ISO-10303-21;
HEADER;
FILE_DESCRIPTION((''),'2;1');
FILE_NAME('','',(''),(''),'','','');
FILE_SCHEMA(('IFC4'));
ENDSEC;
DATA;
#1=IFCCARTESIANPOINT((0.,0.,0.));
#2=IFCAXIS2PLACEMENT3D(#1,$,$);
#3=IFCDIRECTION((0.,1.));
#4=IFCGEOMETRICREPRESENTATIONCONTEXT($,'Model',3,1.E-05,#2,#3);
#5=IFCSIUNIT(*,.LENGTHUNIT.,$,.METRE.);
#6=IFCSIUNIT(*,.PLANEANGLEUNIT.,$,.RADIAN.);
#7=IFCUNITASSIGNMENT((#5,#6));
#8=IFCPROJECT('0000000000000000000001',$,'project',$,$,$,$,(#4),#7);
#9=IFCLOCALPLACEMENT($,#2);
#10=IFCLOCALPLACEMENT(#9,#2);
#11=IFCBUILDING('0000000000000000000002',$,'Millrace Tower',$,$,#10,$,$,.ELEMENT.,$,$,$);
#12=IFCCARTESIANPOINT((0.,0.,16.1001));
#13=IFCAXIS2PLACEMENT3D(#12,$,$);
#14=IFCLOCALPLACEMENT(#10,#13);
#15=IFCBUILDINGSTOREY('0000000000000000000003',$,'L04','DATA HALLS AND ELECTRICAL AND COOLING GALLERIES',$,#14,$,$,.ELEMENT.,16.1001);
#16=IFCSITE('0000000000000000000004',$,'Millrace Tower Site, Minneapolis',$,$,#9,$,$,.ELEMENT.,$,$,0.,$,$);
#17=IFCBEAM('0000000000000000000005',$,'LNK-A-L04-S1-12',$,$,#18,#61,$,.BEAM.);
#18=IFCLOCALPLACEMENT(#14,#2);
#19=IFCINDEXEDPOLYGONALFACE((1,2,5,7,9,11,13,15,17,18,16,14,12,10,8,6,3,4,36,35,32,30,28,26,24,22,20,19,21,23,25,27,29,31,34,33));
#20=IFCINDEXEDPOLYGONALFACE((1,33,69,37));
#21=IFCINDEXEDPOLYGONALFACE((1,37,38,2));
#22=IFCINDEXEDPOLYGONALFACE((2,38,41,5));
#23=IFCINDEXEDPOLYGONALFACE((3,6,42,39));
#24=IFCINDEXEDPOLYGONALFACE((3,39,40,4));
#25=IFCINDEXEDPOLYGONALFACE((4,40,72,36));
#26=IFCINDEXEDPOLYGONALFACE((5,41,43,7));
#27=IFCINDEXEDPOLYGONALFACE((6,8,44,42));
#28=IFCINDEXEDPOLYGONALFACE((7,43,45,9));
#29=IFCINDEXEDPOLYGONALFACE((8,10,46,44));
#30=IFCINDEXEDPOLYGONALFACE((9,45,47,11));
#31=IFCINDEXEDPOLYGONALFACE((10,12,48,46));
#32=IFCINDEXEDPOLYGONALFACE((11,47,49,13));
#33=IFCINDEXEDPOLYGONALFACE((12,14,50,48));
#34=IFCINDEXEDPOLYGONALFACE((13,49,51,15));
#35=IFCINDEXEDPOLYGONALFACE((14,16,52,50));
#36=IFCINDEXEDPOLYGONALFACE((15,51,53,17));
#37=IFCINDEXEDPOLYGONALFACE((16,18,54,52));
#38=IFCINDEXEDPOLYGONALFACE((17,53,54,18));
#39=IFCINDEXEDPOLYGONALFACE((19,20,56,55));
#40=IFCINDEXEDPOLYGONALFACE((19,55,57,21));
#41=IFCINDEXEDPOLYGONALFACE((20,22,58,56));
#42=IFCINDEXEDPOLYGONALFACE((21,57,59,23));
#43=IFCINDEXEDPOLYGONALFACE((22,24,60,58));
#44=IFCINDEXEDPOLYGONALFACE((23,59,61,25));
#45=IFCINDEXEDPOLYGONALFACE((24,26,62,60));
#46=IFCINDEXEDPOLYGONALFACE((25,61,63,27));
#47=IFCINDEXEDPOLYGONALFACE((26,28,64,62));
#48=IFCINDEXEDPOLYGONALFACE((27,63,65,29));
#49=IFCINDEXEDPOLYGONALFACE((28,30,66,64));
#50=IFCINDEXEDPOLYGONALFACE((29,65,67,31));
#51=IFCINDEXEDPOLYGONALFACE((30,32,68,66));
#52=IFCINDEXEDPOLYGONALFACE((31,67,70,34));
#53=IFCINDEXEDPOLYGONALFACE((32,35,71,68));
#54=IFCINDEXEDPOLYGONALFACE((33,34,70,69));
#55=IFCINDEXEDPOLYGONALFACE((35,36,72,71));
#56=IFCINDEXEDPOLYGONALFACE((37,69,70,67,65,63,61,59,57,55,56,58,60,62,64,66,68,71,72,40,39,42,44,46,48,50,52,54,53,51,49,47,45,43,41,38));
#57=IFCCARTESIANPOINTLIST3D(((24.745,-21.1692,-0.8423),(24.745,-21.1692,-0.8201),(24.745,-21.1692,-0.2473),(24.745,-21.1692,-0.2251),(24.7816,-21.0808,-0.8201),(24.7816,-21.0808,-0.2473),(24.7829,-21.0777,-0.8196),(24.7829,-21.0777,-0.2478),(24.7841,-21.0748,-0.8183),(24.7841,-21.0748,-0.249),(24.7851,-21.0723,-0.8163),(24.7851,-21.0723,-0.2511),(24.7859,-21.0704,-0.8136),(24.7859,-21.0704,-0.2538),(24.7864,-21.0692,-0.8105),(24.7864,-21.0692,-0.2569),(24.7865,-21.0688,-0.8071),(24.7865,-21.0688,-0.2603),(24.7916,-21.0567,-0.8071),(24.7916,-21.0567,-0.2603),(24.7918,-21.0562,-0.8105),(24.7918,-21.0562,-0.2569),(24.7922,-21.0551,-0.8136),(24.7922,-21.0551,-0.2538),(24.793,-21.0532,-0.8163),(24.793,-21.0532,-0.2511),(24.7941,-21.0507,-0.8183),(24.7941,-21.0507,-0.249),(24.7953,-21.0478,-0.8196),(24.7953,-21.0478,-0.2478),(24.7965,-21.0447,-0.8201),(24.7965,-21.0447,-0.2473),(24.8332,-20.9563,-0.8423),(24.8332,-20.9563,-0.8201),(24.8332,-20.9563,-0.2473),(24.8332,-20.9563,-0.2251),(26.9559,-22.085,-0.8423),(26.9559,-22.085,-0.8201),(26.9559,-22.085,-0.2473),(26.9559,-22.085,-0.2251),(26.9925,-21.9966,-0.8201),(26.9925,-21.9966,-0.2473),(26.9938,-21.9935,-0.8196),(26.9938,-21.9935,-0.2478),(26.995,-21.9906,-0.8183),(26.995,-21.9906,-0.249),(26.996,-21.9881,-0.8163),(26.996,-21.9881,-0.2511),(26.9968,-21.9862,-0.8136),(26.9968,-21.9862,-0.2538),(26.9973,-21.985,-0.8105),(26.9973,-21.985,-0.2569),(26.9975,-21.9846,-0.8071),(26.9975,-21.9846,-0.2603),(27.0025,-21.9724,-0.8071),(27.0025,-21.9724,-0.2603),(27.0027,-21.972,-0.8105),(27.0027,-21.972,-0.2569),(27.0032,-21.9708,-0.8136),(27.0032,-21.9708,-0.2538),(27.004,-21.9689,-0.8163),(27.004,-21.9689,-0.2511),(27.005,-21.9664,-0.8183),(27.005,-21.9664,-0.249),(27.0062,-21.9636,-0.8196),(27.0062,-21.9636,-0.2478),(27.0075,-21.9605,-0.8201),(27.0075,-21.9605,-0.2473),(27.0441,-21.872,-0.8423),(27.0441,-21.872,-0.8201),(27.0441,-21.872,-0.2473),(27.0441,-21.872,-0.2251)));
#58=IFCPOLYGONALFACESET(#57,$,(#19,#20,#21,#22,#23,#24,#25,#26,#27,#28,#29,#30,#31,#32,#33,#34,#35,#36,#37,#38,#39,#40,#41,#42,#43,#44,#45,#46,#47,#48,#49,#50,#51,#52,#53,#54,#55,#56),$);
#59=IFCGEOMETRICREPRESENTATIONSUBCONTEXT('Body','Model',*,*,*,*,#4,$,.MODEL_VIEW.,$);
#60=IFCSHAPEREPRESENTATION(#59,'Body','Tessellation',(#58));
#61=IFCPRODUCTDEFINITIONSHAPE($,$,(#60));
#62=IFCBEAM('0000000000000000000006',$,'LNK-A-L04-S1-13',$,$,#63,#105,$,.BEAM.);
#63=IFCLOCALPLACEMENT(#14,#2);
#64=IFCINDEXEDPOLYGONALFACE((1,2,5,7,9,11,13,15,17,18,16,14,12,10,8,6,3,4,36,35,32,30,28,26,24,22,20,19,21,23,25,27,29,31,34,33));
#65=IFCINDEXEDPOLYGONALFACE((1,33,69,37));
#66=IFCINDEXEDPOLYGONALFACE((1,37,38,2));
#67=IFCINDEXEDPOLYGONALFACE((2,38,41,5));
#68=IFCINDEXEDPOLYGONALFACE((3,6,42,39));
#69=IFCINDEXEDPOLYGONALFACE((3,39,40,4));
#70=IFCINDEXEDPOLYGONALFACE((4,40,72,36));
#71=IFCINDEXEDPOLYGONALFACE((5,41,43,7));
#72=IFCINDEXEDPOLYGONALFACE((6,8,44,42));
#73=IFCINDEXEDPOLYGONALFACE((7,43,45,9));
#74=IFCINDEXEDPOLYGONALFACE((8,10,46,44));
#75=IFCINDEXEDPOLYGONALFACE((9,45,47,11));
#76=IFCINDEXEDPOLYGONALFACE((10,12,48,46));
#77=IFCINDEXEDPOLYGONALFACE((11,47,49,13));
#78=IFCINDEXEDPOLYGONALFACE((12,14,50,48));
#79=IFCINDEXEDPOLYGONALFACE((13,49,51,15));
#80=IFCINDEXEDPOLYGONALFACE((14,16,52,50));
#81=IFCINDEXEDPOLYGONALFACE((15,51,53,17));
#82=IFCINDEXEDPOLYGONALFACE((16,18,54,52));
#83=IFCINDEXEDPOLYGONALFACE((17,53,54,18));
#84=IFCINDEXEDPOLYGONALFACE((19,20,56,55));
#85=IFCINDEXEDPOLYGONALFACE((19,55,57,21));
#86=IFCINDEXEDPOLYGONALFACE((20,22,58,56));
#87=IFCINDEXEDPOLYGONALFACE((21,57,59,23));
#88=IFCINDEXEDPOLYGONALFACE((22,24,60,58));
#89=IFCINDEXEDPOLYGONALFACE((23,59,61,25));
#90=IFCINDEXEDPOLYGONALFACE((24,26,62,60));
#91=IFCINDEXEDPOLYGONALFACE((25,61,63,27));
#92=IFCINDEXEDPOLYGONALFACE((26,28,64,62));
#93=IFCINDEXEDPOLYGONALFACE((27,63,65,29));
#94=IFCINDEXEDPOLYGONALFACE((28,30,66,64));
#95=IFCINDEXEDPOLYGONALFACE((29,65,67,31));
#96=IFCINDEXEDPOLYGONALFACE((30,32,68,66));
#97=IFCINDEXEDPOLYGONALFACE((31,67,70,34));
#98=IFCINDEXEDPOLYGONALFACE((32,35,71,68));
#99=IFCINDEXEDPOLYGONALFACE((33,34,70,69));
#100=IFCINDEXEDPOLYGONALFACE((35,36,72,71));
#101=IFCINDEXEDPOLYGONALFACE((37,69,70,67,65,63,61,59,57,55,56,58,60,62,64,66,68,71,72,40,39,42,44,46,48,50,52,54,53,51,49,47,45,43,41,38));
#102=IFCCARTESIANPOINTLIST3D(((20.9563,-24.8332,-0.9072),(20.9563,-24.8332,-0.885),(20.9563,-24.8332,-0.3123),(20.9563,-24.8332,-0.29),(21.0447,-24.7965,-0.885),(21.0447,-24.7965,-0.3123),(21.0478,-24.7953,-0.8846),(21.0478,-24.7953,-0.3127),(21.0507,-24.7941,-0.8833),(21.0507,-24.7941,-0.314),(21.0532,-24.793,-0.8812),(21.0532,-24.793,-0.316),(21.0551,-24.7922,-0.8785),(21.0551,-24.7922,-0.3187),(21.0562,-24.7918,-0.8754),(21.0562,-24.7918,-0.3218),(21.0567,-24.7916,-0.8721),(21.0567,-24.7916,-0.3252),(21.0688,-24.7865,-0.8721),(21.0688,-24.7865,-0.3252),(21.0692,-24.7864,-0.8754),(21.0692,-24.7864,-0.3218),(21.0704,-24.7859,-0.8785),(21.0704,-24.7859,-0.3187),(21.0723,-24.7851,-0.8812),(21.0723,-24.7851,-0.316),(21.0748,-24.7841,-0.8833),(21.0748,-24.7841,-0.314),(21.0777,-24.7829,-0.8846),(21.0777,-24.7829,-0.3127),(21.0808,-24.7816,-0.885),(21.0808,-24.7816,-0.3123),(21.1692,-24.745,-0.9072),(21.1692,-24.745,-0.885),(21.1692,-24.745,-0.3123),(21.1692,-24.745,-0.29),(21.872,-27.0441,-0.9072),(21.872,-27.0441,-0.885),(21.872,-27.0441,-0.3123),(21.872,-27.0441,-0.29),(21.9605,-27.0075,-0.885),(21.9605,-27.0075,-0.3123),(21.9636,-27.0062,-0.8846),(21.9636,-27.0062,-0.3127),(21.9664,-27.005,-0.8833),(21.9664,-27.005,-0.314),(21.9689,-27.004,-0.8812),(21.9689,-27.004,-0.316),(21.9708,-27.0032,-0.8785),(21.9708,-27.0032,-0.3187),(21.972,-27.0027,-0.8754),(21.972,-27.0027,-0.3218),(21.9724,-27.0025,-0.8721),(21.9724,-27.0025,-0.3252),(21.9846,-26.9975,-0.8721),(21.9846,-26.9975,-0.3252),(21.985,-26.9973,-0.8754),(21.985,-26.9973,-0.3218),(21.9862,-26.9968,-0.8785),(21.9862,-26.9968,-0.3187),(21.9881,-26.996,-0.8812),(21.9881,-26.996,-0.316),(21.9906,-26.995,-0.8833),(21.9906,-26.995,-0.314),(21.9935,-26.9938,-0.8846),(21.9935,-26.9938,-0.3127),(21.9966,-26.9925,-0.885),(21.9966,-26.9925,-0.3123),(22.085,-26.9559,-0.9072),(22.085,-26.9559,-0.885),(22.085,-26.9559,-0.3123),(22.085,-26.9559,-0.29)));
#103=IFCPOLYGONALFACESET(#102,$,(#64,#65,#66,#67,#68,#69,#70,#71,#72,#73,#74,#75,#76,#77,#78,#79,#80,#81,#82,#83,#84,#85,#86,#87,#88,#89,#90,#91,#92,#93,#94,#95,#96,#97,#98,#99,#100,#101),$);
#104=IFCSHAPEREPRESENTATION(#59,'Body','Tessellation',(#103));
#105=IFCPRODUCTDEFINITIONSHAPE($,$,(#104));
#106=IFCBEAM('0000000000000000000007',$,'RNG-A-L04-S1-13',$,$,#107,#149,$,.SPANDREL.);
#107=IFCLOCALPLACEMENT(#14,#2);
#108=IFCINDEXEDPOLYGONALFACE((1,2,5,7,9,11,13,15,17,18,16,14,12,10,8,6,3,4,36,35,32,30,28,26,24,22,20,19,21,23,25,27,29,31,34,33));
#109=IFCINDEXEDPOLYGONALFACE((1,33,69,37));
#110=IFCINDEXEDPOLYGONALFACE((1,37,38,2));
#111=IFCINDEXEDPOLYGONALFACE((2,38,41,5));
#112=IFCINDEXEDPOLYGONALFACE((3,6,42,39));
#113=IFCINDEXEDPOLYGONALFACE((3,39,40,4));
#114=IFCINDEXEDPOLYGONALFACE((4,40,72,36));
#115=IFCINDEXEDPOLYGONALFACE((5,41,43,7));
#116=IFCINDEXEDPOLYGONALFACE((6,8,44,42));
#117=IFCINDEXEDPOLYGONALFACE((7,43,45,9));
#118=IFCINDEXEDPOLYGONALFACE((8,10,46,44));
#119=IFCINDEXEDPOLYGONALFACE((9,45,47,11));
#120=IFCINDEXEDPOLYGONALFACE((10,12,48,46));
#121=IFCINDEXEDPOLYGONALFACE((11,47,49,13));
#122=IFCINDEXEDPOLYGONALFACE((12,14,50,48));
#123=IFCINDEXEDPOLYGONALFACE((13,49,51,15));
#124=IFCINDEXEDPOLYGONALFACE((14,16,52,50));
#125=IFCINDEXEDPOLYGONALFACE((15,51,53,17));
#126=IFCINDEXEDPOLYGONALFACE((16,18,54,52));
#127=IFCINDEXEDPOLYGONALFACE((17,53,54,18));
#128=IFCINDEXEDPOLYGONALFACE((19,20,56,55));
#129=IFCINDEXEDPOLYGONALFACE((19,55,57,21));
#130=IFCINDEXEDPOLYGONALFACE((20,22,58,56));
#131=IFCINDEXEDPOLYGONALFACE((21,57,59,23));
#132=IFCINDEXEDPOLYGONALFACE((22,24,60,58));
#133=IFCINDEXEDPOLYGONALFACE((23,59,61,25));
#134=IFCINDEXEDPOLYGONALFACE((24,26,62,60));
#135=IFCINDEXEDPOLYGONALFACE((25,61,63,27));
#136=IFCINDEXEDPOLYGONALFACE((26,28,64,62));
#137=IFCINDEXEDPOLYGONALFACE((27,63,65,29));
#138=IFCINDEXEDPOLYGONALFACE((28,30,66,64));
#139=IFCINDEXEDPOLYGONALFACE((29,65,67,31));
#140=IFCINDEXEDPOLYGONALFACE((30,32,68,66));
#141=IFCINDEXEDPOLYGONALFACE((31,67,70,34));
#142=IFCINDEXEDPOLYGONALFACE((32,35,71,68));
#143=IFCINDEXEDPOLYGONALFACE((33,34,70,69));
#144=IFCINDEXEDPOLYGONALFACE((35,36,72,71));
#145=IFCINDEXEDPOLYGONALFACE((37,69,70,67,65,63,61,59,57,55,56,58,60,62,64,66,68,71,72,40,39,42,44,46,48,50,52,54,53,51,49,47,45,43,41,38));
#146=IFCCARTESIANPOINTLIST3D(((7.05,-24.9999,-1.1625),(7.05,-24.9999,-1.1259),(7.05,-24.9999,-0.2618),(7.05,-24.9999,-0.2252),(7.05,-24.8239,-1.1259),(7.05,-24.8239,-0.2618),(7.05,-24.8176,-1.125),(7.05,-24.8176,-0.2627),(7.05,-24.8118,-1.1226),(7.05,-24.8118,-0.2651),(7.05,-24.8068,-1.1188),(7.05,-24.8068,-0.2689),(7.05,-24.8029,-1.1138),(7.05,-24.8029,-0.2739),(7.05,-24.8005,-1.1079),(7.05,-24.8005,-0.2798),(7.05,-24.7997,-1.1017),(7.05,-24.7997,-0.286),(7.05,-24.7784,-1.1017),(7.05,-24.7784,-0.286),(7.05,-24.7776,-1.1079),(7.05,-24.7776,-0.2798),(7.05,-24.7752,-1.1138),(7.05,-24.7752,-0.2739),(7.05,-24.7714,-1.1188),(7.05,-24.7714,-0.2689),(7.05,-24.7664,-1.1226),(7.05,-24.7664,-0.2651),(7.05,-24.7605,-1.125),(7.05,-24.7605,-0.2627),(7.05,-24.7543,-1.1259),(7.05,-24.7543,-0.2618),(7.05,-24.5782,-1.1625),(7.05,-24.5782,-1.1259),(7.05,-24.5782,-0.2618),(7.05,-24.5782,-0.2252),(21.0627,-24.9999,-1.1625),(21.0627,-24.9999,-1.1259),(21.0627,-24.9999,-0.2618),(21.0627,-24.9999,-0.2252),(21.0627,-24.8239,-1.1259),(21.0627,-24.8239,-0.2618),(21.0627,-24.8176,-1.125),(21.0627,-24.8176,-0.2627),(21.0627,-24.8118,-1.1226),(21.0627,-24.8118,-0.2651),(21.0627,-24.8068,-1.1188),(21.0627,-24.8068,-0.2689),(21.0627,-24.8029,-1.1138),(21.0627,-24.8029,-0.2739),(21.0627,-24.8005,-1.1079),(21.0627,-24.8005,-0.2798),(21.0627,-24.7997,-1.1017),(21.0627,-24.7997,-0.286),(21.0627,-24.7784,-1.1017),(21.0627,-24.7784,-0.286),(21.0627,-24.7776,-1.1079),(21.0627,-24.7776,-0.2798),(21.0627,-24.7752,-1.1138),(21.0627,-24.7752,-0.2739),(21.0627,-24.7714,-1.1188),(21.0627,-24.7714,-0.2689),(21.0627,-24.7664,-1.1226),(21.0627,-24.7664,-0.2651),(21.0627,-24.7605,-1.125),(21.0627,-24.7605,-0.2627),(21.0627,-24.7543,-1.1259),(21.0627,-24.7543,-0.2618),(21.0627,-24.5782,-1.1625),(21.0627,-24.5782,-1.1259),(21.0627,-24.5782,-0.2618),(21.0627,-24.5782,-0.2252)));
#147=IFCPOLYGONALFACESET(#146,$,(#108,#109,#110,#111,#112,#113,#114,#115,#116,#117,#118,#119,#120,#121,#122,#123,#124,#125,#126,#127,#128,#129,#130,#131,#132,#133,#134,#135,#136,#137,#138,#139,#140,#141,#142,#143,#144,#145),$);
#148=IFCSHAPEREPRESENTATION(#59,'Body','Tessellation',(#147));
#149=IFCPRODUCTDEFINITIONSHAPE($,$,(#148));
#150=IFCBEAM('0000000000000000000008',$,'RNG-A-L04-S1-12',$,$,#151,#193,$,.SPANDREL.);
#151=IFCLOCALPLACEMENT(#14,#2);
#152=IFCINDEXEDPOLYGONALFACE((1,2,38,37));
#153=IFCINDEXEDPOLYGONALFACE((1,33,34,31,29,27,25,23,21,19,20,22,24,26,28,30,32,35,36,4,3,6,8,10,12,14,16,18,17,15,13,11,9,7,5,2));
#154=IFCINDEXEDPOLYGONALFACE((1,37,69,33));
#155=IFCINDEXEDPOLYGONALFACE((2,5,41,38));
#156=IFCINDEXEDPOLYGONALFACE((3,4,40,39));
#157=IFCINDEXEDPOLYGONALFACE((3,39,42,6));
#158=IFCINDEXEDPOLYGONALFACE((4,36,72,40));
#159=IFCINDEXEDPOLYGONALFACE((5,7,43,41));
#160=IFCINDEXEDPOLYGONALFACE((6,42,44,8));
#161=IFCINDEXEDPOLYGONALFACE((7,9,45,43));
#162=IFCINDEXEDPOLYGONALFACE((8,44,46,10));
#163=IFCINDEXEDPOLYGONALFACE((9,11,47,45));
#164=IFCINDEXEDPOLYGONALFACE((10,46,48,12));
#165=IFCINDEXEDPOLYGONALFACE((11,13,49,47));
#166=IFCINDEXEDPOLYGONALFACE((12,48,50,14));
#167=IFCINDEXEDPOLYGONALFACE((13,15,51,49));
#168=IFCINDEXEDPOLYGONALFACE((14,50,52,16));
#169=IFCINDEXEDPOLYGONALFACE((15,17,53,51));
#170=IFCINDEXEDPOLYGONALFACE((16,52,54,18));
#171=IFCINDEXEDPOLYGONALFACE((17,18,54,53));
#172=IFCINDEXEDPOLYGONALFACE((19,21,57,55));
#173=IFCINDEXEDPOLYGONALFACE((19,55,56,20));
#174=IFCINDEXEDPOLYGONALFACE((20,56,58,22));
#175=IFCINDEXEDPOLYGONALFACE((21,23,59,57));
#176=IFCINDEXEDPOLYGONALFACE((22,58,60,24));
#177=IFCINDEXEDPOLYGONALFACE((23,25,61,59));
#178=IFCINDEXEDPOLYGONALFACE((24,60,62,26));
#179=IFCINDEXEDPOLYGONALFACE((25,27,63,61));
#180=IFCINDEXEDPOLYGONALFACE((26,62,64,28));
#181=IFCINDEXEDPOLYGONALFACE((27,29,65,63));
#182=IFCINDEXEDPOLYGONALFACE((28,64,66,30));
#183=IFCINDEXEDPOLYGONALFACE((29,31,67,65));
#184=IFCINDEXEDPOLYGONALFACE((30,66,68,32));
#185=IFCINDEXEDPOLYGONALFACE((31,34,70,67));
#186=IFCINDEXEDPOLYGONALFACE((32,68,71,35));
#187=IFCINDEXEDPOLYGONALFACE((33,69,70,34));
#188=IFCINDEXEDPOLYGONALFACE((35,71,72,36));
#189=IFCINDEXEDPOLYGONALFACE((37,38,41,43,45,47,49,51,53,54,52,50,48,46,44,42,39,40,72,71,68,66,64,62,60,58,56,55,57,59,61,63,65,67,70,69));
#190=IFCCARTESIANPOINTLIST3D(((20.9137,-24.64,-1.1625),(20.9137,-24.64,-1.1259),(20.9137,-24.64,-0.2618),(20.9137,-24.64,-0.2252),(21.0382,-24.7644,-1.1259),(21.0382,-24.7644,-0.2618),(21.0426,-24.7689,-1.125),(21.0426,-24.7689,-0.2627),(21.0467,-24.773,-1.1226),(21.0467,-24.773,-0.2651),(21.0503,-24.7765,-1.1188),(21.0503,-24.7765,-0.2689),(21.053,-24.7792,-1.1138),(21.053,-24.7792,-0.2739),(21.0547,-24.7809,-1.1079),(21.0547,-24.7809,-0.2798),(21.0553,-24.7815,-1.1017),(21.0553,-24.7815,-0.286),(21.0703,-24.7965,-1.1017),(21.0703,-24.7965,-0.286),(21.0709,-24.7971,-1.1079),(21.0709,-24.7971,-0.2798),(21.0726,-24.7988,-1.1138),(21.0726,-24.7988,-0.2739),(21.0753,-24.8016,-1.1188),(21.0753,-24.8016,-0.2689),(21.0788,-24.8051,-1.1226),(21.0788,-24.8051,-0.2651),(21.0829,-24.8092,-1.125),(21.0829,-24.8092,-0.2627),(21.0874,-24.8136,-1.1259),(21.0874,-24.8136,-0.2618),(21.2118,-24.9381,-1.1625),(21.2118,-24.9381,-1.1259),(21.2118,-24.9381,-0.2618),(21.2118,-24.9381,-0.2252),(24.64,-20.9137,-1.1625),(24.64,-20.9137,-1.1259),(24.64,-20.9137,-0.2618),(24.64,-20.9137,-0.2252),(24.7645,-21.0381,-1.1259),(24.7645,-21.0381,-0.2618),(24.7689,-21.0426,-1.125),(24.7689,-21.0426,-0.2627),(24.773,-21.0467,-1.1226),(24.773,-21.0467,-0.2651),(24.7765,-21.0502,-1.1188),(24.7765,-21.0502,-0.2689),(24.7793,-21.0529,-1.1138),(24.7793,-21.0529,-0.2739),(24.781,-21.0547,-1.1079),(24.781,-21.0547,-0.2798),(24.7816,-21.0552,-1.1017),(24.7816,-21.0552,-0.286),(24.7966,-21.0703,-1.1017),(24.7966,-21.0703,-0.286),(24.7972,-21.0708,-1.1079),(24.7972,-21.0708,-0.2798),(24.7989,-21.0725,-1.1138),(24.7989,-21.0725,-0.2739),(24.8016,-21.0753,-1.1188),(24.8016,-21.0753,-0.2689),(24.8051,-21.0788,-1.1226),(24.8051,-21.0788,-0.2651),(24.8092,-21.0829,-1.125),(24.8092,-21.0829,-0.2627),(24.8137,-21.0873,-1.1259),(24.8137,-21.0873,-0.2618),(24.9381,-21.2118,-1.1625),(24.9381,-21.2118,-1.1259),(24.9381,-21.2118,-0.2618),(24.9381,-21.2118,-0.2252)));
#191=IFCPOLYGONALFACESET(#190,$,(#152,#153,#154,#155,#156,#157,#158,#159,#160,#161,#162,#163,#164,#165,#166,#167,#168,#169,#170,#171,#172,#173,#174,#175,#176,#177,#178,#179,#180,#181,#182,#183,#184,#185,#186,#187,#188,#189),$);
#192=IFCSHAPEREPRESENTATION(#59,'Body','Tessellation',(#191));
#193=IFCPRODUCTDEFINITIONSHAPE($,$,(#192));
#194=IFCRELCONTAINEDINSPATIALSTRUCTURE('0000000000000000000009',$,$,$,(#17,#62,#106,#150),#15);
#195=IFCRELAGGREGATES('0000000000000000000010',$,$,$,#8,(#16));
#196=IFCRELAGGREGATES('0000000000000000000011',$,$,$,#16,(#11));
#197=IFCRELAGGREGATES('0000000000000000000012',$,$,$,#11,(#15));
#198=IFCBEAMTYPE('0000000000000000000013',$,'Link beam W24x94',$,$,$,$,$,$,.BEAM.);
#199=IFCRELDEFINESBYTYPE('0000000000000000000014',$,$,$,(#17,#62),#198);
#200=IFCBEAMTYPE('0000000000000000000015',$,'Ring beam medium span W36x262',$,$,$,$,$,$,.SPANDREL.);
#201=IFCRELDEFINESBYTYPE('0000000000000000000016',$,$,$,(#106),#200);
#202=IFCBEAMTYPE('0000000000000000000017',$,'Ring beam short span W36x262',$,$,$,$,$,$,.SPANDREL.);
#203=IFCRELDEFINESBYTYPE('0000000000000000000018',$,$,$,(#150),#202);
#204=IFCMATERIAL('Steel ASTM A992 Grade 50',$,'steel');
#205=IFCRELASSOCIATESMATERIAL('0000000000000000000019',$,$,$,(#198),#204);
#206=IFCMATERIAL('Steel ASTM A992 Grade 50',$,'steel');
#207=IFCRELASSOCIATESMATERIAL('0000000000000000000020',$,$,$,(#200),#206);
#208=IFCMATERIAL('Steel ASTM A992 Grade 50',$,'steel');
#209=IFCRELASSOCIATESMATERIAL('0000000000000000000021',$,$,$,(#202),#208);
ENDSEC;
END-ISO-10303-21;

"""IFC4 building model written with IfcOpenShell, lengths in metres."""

from ifc_helpers import new_model, si_unit, direction, frame, origin, origin_2d, place, context, subcontext, project, spatial, i_section, extrude, material, material_profile, profile_set, type_object, element, save


model = new_model("IFC4")

# Units and contexts
model_context = context("Model", 3, precision=1e-05, world=origin(), true_north=direction((0.0, 1.0)))
body_context = subcontext(model_context, "Body", "Model", "MODEL_VIEW")
ifc_project = project(units=[si_unit("LENGTHUNIT", "METRE"), si_unit("PLANEANGLEUNIT", "RADIAN")], contexts=[model_context])

# Site, building, storey
site_placement = place(None, origin())
site = spatial("IfcSite", under=ifc_project, at=site_placement, Name="Millrace Tower Site, Minneapolis", CompositionType="ELEMENT", RefElevation=0.0)
building_placement = place(site_placement, origin())
building = spatial("IfcBuilding", under=site, at=building_placement, Name="Millrace Tower", CompositionType="ELEMENT")
storey_placement = place(building_placement, frame((0.0, 0.0, 16.1001)))
storey = spatial("IfcBuildingStorey", under=building, at=storey_placement, Name="L04", Description="DATA HALLS AND ELECTRICAL AND COOLING GALLERIES", CompositionType="ELEMENT", Elevation=16.1001)

# Beams
ifc_material_1 = material(Name="Steel ASTM A992 Grade 50", Category="steel")
ifc_material_profile_1 = material_profile(ifc_material_1, i_section(OverallWidth=0.2305, OverallDepth=0.6172, WebThickness=0.0132, FlangeThickness=0.0222, FilletRadius=0.0129, at=origin_2d()))
ifc_profile_set_1 = profile_set([ifc_material_profile_1], Name="Steel ASTM A992 Grade 50")
beam_type_1 = type_object("IfcBeamType", Name="Link beam W24x94", PredefinedType="BEAM", material=ifc_profile_set_1)
for number, where, z_axis, x_axis, name in (
    (1, (24.7891, -21.0627, -0.5337), (0.923884, -0.382673, 0.0), (0.382673, 0.923884, 0.0), "LNK-A-L04-S1-12"),
    (2, (21.0627, -24.7891, -0.5986), (0.382673, -0.923884, 0.0), (0.923884, 0.382673, 0.0), "LNK-A-L04-S1-13"),
):
    element("IfcBeam", number, at=place(storey_placement, frame(where, z_axis=z_axis, x_axis=x_axis)), inside=storey, type_object=beam_type_1, Name=name, PredefinedType="BEAM", context=body_context, shape_type="SweptSolid", body=[
        extrude(i_section(OverallWidth=0.2305, OverallDepth=0.6172, WebThickness=0.0132, FlangeThickness=0.0222, FilletRadius=0.0129, at=origin_2d()), origin(), (0.0, 0.0, 1.0), 2.3931),
    ])
ifc_material_2 = material(Name="Steel ASTM A992 Grade 50", Category="steel")
ifc_material_profile_2 = material_profile(ifc_material_2, i_section(OverallWidth=0.4216, OverallDepth=0.9373, WebThickness=0.0212, FlangeThickness=0.0366, FilletRadius=0.0242, at=origin_2d()))
ifc_profile_set_2 = profile_set([ifc_material_profile_2], Name="Steel ASTM A992 Grade 50")
beam_type_2 = type_object("IfcBeamType", Name="Ring beam medium span W36x262", PredefinedType="SPANDREL", material=ifc_profile_set_2)
beam_1_placement = place(storey_placement, frame((21.0627, -24.7891, -0.6938), z_axis=(-1.0, 0.0, 0.0), x_axis=(0.0, -1.0, 0.0)))
element("IfcBeam", 3, at=beam_1_placement, inside=storey, type_object=beam_type_2, Name="RNG-A-L04-S1-13", PredefinedType="SPANDREL", context=body_context, shape_type="SweptSolid", body=[
    extrude(i_section(OverallWidth=0.4216, OverallDepth=0.9373, WebThickness=0.0212, FlangeThickness=0.0366, FilletRadius=0.0242, at=origin_2d()), origin(), (0.0, 0.0, 1.0), 14.0127),
])
ifc_material_3 = material(Name="Steel ASTM A992 Grade 50", Category="steel")
ifc_material_profile_3 = material_profile(ifc_material_3, i_section(OverallWidth=0.4216, OverallDepth=0.9373, WebThickness=0.0212, FlangeThickness=0.0366, FilletRadius=0.0242, at=origin_2d()))
ifc_profile_set_3 = profile_set([ifc_material_profile_3], Name="Steel ASTM A992 Grade 50")
beam_type_3 = type_object("IfcBeamType", Name="Ring beam short span W36x262", PredefinedType="SPANDREL", material=ifc_profile_set_3)
beam_2_placement = place(storey_placement, frame((24.7891, -21.0627, -0.6938), z_axis=(-0.707107, -0.707107, 0.0), x_axis=(0.707107, -0.707107, 0.0)))
element("IfcBeam", 4, at=beam_2_placement, inside=storey, type_object=beam_type_3, Name="RNG-A-L04-S1-12", PredefinedType="SPANDREL", context=body_context, shape_type="SweptSolid", body=[
    extrude(i_section(OverallWidth=0.4216, OverallDepth=0.9373, WebThickness=0.0212, FlangeThickness=0.0366, FilletRadius=0.0242, at=origin_2d()), origin(), (0.0, 0.0, 1.0), 5.2698),
])

save(model, "model.ifc")
